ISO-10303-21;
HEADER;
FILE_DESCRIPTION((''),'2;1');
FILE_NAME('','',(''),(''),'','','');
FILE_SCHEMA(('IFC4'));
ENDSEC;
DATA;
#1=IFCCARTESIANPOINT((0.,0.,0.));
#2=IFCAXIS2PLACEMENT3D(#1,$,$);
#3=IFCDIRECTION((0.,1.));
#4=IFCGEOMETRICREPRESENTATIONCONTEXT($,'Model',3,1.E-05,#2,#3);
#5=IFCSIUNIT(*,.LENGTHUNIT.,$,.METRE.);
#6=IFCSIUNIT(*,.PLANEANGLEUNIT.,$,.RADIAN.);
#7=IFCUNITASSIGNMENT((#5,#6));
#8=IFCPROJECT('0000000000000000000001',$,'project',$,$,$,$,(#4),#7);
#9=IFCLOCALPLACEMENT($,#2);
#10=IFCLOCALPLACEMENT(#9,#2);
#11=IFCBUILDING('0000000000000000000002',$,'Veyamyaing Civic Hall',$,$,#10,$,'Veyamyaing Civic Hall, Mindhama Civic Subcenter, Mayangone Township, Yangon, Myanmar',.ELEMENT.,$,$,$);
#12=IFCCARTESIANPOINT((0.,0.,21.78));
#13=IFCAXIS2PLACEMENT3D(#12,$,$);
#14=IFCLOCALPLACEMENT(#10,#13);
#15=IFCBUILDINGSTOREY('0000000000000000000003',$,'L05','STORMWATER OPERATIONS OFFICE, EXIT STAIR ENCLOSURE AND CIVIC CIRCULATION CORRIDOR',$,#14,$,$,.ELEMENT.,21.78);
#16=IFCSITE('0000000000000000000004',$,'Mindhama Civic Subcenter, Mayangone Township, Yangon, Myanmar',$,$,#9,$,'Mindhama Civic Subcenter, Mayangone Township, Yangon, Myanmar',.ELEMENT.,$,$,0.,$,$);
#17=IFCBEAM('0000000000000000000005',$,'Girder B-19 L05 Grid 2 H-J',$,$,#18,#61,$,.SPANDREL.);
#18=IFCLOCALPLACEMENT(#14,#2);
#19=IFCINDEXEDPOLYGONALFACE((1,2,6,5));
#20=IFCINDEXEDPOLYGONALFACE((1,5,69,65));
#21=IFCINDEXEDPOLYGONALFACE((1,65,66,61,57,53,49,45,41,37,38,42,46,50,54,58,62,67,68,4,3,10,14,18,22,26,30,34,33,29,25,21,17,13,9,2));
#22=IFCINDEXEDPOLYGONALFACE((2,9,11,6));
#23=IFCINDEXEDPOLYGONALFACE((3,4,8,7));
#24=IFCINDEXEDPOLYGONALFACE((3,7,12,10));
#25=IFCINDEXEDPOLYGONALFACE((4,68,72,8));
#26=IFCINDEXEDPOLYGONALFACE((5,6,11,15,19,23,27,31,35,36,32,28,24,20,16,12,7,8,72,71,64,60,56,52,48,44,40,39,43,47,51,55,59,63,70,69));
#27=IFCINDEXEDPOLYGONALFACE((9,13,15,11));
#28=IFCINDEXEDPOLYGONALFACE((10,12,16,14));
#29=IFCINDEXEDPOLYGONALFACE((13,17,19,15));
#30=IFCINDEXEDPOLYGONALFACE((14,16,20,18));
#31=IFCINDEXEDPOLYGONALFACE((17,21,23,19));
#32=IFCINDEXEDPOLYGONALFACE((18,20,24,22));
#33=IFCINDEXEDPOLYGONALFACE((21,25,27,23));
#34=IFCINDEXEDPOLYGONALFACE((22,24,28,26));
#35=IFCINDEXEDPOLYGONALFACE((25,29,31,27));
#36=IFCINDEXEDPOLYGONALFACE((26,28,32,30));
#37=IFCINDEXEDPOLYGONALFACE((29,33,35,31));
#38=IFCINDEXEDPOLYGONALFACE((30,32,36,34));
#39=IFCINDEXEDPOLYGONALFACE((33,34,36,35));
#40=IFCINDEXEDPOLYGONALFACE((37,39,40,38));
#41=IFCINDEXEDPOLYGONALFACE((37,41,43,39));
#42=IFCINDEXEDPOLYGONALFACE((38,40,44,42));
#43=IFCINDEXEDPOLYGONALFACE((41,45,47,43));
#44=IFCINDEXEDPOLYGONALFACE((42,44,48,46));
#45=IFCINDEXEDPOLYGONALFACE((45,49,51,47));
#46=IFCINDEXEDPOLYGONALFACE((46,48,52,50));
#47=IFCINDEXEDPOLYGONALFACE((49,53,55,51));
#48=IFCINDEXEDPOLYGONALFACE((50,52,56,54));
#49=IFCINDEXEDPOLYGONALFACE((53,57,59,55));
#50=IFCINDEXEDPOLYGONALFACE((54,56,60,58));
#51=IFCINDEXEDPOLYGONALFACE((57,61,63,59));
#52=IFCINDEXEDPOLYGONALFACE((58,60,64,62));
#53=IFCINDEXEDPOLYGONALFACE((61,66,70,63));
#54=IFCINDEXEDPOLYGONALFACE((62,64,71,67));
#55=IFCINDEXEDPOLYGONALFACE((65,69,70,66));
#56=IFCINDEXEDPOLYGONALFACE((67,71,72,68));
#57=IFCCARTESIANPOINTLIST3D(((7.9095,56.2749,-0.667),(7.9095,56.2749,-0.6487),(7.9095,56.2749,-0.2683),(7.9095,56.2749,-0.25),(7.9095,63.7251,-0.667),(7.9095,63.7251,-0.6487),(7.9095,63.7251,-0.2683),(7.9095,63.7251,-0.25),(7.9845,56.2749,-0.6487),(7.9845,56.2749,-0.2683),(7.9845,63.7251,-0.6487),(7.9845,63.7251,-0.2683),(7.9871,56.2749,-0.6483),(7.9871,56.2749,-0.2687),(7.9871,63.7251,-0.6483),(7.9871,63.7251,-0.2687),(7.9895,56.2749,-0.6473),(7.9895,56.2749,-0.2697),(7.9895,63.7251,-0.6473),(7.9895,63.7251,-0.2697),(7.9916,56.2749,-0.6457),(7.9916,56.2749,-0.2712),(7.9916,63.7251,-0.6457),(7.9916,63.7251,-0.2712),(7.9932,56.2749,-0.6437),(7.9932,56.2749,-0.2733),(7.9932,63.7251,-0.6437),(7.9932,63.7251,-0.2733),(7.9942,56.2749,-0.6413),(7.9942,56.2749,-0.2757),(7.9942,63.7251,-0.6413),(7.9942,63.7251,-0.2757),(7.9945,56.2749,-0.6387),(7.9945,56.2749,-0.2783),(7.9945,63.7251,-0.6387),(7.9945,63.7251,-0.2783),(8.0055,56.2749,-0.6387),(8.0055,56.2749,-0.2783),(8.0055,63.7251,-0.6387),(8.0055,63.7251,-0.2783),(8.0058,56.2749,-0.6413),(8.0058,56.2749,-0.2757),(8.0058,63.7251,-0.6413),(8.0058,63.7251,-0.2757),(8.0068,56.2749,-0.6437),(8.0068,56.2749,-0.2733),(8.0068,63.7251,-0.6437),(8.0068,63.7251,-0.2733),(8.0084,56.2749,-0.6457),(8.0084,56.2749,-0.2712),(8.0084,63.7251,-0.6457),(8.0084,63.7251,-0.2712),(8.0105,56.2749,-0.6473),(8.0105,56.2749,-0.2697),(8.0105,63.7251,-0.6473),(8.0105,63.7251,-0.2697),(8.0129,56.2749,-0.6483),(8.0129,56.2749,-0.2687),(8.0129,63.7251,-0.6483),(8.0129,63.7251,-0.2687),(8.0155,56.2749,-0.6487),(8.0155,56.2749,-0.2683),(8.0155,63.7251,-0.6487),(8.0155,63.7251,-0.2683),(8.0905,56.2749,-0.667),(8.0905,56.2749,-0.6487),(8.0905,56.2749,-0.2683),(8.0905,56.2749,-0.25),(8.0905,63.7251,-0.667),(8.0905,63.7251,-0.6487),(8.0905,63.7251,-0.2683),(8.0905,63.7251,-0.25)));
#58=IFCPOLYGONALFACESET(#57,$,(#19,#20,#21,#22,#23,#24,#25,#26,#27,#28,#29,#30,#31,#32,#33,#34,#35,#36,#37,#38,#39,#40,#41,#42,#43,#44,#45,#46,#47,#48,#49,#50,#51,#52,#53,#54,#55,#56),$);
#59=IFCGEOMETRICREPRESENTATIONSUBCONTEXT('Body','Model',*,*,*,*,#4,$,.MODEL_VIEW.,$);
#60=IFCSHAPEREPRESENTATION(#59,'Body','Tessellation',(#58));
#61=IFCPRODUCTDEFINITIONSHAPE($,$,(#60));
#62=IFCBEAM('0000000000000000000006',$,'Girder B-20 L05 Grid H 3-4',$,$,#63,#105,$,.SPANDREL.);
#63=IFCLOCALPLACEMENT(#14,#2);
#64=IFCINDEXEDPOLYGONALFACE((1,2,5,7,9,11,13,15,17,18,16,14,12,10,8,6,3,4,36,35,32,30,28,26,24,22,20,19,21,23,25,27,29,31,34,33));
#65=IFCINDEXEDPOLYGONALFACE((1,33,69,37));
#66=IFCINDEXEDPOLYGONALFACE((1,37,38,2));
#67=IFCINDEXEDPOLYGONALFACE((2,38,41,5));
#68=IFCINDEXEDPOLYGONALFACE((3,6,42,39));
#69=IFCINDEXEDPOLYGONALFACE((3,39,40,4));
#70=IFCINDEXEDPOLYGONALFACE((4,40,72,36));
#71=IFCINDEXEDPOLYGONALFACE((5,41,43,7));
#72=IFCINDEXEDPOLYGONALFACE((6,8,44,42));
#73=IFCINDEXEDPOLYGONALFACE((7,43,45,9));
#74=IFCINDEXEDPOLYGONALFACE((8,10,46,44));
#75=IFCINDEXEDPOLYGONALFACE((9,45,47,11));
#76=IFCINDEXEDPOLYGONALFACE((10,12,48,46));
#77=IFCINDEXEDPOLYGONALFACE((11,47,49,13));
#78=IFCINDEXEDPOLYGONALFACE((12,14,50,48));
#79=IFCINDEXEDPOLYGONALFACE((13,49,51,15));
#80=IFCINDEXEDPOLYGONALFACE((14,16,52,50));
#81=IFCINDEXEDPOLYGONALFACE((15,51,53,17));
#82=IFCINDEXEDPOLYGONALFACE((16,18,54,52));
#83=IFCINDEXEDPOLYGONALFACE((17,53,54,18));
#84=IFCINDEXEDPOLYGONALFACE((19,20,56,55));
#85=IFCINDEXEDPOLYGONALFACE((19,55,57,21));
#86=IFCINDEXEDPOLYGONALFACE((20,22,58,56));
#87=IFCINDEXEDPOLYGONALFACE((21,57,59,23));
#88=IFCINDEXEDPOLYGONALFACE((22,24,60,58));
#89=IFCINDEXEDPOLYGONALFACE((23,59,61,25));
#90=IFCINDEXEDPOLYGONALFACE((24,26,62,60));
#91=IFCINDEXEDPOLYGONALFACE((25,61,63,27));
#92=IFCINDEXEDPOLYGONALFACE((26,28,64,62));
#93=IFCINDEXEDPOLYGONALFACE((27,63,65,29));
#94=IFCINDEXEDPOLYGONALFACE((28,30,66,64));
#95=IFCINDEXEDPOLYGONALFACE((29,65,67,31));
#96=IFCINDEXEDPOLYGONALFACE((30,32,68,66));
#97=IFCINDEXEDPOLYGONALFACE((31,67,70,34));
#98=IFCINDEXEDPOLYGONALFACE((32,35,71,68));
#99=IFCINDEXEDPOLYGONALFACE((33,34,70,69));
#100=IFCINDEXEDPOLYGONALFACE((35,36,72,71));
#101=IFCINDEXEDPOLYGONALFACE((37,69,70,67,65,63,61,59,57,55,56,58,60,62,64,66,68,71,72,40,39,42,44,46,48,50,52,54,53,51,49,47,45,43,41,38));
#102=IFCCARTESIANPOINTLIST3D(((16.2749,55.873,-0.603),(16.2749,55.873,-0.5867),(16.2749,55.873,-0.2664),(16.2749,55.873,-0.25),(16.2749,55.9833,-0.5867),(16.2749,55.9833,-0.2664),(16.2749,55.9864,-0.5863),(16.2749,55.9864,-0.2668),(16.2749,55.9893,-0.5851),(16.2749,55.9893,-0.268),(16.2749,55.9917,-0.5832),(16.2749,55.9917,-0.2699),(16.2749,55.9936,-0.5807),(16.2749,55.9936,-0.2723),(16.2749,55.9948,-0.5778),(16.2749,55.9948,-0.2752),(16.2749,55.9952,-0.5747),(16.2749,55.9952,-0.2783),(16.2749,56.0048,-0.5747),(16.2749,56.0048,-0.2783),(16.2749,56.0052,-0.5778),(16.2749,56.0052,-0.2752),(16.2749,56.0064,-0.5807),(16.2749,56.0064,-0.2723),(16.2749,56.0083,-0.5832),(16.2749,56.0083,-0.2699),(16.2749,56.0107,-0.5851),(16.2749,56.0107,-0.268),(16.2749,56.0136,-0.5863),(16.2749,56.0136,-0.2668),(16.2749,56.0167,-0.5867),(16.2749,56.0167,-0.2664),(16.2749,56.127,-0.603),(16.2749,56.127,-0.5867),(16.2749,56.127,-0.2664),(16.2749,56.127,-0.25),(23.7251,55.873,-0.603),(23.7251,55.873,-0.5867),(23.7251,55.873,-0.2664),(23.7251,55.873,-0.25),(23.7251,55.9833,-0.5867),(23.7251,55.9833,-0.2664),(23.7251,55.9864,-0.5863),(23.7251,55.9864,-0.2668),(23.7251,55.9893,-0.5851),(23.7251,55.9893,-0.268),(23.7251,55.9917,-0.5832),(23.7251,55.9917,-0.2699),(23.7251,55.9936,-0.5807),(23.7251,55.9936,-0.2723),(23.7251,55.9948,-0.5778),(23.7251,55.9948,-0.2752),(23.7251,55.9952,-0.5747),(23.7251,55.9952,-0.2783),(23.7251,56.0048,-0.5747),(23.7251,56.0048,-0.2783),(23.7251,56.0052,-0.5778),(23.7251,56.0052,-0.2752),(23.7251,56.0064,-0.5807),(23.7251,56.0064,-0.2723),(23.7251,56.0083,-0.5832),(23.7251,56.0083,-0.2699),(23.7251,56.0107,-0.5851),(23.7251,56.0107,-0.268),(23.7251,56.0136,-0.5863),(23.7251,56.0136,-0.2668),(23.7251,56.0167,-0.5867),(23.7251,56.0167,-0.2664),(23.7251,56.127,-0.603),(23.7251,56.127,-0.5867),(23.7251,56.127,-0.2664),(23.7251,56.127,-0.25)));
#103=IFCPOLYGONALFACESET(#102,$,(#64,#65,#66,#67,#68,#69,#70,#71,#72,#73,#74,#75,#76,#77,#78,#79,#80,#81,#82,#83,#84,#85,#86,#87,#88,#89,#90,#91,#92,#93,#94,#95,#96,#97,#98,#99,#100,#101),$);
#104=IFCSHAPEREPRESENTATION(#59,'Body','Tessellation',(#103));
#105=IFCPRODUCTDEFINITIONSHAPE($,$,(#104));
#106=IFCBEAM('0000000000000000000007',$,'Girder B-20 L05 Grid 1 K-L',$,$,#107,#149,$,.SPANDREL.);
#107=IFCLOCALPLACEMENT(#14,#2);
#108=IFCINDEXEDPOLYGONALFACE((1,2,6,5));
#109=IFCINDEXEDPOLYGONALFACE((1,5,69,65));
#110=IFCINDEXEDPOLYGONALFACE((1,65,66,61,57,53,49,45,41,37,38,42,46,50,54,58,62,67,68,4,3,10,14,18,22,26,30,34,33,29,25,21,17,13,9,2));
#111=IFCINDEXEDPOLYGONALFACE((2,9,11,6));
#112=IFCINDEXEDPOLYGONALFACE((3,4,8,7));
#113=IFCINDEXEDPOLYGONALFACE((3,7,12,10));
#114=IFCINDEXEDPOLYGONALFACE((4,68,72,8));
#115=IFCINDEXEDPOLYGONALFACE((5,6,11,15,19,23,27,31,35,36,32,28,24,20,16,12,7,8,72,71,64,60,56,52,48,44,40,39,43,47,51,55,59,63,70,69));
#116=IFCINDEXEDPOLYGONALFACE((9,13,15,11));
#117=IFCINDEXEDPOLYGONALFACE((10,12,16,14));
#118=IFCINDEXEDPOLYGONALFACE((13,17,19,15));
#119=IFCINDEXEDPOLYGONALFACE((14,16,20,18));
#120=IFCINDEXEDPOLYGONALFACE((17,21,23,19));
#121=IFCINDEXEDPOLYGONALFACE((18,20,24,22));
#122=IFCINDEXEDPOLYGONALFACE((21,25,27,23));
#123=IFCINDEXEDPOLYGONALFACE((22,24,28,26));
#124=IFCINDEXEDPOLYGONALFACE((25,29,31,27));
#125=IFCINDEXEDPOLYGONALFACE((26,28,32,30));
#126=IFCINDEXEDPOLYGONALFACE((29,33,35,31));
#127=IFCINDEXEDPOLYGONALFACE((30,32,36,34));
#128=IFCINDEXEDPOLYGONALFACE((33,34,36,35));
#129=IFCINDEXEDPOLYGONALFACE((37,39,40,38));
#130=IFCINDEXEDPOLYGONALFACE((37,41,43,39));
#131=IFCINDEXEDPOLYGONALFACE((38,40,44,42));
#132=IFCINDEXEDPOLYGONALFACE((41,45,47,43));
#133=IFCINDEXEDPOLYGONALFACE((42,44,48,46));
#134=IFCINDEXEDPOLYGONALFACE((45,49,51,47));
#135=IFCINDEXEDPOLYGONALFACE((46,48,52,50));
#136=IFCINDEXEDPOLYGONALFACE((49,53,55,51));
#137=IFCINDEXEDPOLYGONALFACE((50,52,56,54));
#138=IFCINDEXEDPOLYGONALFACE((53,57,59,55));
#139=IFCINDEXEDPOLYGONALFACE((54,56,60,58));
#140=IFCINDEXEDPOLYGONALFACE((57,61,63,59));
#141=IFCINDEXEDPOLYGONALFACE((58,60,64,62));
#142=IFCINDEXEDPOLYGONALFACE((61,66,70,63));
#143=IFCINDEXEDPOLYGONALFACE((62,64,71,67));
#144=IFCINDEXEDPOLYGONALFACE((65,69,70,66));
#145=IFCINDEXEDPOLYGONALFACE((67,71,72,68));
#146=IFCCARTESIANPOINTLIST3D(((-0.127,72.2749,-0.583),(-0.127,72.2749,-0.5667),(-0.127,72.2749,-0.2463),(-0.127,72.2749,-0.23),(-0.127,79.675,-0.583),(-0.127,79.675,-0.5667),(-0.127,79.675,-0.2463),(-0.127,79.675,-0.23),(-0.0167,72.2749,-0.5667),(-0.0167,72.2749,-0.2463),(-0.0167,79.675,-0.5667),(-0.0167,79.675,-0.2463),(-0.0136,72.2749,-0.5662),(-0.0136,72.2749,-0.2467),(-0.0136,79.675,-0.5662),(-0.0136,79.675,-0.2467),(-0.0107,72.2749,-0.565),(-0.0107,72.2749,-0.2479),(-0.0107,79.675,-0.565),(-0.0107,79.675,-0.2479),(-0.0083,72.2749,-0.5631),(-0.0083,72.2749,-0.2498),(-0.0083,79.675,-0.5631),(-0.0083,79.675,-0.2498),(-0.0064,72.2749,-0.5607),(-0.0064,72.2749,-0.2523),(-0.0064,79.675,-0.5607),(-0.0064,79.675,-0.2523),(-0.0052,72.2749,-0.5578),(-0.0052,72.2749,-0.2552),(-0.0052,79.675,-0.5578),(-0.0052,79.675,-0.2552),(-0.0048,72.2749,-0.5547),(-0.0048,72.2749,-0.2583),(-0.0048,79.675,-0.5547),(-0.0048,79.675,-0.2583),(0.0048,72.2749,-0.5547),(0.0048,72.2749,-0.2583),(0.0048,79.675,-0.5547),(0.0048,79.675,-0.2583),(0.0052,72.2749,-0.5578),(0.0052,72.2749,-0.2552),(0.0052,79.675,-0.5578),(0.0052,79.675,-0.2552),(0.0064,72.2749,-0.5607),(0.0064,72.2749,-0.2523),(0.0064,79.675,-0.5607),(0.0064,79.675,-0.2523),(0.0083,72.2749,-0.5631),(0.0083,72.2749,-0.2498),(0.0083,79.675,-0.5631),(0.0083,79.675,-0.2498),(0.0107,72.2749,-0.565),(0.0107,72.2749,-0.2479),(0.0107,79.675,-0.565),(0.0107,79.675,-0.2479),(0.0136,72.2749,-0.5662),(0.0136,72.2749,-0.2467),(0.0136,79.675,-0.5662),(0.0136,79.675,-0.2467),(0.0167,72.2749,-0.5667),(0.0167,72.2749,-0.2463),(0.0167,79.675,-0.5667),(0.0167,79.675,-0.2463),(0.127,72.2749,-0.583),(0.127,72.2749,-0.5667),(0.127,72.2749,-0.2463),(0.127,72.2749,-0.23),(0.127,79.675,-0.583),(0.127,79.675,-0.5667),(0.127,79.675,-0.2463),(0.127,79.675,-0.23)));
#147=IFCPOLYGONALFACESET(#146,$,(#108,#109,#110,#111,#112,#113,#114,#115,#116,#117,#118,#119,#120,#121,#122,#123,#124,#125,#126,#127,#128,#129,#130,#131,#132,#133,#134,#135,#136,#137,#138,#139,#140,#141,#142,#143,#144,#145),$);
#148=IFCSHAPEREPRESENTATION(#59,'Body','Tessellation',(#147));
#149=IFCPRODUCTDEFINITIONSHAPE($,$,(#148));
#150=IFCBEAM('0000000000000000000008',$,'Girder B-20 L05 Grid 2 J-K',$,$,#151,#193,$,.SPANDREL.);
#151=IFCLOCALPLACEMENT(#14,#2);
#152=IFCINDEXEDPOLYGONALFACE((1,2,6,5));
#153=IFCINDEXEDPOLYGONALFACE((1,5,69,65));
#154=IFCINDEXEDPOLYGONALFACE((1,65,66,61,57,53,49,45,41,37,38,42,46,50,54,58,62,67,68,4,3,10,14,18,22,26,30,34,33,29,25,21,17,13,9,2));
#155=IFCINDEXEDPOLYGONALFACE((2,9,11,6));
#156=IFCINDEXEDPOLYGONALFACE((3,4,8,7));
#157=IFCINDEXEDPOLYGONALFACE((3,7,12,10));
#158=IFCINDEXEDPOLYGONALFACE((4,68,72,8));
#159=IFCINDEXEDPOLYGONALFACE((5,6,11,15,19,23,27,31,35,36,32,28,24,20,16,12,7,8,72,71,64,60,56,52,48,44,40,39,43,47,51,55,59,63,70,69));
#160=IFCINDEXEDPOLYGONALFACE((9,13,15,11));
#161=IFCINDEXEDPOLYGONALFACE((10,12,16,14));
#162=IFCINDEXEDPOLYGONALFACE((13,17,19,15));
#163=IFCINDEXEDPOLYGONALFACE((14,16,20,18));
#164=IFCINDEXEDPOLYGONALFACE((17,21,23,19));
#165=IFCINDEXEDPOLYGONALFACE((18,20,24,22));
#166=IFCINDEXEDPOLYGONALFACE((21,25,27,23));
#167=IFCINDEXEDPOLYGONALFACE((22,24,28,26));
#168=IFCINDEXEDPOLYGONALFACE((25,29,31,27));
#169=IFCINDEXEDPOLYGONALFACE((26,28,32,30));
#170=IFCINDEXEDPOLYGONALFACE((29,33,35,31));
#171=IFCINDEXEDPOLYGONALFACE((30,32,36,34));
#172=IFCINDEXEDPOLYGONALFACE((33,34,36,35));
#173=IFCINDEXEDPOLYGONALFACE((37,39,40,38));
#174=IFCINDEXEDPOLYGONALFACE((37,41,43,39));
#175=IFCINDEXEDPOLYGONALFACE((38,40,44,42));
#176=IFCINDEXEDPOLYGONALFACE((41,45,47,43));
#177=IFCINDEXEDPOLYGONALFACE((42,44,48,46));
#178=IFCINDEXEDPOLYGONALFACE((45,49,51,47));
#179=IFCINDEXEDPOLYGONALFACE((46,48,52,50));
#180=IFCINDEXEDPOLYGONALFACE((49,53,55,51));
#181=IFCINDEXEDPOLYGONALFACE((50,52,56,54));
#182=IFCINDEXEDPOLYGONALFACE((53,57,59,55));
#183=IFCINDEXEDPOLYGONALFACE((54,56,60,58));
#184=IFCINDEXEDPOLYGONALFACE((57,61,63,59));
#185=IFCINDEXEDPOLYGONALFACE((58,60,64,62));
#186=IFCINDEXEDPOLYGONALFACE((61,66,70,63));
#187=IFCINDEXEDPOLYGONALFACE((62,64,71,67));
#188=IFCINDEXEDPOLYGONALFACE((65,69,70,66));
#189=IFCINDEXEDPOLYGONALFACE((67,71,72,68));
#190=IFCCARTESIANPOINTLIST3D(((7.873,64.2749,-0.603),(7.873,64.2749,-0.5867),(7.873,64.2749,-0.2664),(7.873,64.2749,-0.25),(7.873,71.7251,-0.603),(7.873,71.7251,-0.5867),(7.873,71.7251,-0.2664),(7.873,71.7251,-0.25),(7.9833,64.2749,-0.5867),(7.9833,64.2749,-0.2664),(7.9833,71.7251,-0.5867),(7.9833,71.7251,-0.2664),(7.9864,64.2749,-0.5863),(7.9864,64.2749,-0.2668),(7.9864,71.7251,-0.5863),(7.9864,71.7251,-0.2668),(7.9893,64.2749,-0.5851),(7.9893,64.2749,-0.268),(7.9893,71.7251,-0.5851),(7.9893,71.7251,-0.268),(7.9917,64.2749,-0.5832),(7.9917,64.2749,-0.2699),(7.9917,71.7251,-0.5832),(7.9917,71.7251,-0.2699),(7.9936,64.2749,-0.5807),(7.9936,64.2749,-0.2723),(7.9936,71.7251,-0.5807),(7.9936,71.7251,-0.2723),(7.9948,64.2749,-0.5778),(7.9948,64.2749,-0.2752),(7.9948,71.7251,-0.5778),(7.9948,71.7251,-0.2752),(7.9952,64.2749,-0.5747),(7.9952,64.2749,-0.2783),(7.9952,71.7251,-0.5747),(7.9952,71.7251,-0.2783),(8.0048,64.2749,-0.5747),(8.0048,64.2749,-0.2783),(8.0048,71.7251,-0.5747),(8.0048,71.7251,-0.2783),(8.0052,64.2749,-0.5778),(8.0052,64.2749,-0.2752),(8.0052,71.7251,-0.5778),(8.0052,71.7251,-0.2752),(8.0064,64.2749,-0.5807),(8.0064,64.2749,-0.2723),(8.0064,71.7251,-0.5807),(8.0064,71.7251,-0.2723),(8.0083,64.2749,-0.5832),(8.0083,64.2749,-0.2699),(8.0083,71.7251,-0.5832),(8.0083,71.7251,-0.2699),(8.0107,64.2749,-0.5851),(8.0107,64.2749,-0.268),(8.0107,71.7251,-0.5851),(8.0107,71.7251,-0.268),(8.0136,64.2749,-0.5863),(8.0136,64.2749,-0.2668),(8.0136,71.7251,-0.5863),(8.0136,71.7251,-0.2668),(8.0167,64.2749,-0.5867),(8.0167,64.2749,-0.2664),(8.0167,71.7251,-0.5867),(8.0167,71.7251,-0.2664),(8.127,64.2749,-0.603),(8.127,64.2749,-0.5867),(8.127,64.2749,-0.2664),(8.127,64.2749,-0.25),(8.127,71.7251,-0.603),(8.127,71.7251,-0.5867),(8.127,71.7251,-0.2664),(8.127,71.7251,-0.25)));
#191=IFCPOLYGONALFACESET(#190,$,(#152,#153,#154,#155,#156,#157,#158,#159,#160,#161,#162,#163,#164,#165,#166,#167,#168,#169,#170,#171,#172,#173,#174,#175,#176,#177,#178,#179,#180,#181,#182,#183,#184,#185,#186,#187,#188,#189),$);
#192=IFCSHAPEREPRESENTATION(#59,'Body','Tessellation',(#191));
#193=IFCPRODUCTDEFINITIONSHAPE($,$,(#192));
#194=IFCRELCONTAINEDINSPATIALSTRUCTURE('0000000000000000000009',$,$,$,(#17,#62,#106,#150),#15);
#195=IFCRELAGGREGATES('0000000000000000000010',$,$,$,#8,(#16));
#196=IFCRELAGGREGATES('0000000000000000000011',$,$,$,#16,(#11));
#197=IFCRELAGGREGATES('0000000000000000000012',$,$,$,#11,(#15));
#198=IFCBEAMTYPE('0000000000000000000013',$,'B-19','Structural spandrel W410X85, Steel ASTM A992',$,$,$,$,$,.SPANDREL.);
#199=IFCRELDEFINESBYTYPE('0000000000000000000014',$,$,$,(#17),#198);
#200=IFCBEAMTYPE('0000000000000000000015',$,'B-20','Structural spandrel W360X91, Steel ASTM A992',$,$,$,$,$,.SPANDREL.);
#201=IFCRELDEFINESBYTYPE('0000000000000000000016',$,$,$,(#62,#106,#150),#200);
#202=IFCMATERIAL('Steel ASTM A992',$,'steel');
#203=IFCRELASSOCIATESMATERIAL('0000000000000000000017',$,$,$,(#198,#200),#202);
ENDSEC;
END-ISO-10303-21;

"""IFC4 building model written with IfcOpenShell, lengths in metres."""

from ifc_helpers import new_model, si_unit, direction, frame, origin, origin_2d, place, context, subcontext, project, spatial, i_section, extrude, material, material_profile, profile_set, type_object, element, save


model = new_model("IFC4")

# Units and contexts
model_context = context("Model", 3, precision=1e-05, world=origin(), true_north=direction((0.0, 1.0)))
body_context = subcontext(model_context, "Body", "Model", "MODEL_VIEW")
ifc_project = project(units=[si_unit("LENGTHUNIT", "METRE"), si_unit("PLANEANGLEUNIT", "RADIAN")], contexts=[model_context])

# Site, building, storey
site_placement = place(None, origin())
site = spatial("IfcSite", under=ifc_project, at=site_placement, Name="Mindhama Civic Subcenter, Mayangone Township, Yangon, Myanmar", LongName="Mindhama Civic Subcenter, Mayangone Township, Yangon, Myanmar", CompositionType="ELEMENT", RefElevation=0.0)
building_placement = place(site_placement, origin())
building = spatial("IfcBuilding", under=site, at=building_placement, Name="Veyamyaing Civic Hall", LongName="Veyamyaing Civic Hall, Mindhama Civic Subcenter, Mayangone Township, Yangon, Myanmar", CompositionType="ELEMENT")
storey_placement = place(building_placement, frame((0.0, 0.0, 21.78)))
storey = spatial("IfcBuildingStorey", under=building, at=storey_placement, Name="L05", Description="STORMWATER OPERATIONS OFFICE, EXIT STAIR ENCLOSURE AND CIVIC CIRCULATION CORRIDOR", CompositionType="ELEMENT", Elevation=21.78)

# Beams
ifc_material_1 = material(Name="Steel ASTM A992", Category="steel")
ifc_material_profile_1 = material_profile(ifc_material_1, i_section(OverallWidth=0.1809, OverallDepth=0.417, WebThickness=0.011, FlangeThickness=0.0183, FilletRadius=0.01, at=origin_2d()), Name="W410X85")
ifc_profile_set_1 = profile_set([ifc_material_profile_1], Name="Steel ASTM A992")
beam_type_1 = type_object("IfcBeamType", Name="B-19", Description="Structural spandrel W410X85, Steel ASTM A992", PredefinedType="SPANDREL", material=ifc_profile_set_1)
for number, where, z_axis, x_axis, name in (
    (1, (8.0, 56.2749, -0.4585), (0.0, 1.0, 0.0), (-1.0, 0.0, 0.0), "Girder B-19 L05 Grid 2 H-J"),
):
    element("IfcBeam", number, at=place(storey_placement, frame(where, z_axis=z_axis, x_axis=x_axis)), inside=storey, type_object=beam_type_1, Name=name, PredefinedType="SPANDREL", context=body_context, shape_type="SweptSolid", body=[
        extrude(i_section(OverallWidth=0.1809, OverallDepth=0.417, WebThickness=0.011, FlangeThickness=0.0183, FilletRadius=0.01, at=origin_2d()), origin(), (0.0, 0.0, 1.0), 7.4502),
    ])
ifc_material_profile_2 = material_profile(ifc_material_1, i_section(OverallWidth=0.2539, OverallDepth=0.353, WebThickness=0.0095, FlangeThickness=0.0164, FilletRadius=0.012, at=origin_2d()), Name="W360X91")
ifc_profile_set_2 = profile_set([ifc_material_profile_2], Name="Steel ASTM A992")
beam_type_2 = type_object("IfcBeamType", Name="B-20", Description="Structural spandrel W360X91, Steel ASTM A992", PredefinedType="SPANDREL", material=ifc_profile_set_2)
beam_1_placement = place(storey_placement, frame((16.2749, 56.0, -0.4265), z_axis=(1.0, 0.0, 0.0), x_axis=(0.0, 1.0, 0.0)))
element("IfcBeam", 2, at=beam_1_placement, inside=storey, type_object=beam_type_2, Name="Girder B-20 L05 Grid H 3-4", PredefinedType="SPANDREL", context=body_context, shape_type="SweptSolid", body=[
    extrude(i_section(OverallWidth=0.2539, OverallDepth=0.353, WebThickness=0.0095, FlangeThickness=0.0164, FilletRadius=0.012, at=origin_2d()), origin(), (0.0, 0.0, 1.0), 7.4502),
])
beam_2_placement = place(storey_placement, frame((0.0, 72.2749, -0.4065), z_axis=(0.0, 1.0, 0.0), x_axis=(-1.0, 0.0, 0.0)))
element("IfcBeam", 3, at=beam_2_placement, inside=storey, type_object=beam_type_2, Name="Girder B-20 L05 Grid 1 K-L", PredefinedType="SPANDREL", context=body_context, shape_type="SweptSolid", body=[
    extrude(i_section(OverallWidth=0.2539, OverallDepth=0.353, WebThickness=0.0095, FlangeThickness=0.0164, FilletRadius=0.012, at=origin_2d()), origin(), (0.0, 0.0, 1.0), 7.4001),
])
beam_3_placement = place(storey_placement, frame((8.0, 64.2749, -0.4265), z_axis=(0.0, 1.0, 0.0), x_axis=(-1.0, 0.0, 0.0)))
element("IfcBeam", 4, at=beam_3_placement, inside=storey, type_object=beam_type_2, Name="Girder B-20 L05 Grid 2 J-K", PredefinedType="SPANDREL", context=body_context, shape_type="SweptSolid", body=[
    extrude(i_section(OverallWidth=0.2539, OverallDepth=0.353, WebThickness=0.0095, FlangeThickness=0.0164, FilletRadius=0.012, at=origin_2d()), origin(), (0.0, 0.0, 1.0), 7.4502),
])

save(model, "model.ifc")
